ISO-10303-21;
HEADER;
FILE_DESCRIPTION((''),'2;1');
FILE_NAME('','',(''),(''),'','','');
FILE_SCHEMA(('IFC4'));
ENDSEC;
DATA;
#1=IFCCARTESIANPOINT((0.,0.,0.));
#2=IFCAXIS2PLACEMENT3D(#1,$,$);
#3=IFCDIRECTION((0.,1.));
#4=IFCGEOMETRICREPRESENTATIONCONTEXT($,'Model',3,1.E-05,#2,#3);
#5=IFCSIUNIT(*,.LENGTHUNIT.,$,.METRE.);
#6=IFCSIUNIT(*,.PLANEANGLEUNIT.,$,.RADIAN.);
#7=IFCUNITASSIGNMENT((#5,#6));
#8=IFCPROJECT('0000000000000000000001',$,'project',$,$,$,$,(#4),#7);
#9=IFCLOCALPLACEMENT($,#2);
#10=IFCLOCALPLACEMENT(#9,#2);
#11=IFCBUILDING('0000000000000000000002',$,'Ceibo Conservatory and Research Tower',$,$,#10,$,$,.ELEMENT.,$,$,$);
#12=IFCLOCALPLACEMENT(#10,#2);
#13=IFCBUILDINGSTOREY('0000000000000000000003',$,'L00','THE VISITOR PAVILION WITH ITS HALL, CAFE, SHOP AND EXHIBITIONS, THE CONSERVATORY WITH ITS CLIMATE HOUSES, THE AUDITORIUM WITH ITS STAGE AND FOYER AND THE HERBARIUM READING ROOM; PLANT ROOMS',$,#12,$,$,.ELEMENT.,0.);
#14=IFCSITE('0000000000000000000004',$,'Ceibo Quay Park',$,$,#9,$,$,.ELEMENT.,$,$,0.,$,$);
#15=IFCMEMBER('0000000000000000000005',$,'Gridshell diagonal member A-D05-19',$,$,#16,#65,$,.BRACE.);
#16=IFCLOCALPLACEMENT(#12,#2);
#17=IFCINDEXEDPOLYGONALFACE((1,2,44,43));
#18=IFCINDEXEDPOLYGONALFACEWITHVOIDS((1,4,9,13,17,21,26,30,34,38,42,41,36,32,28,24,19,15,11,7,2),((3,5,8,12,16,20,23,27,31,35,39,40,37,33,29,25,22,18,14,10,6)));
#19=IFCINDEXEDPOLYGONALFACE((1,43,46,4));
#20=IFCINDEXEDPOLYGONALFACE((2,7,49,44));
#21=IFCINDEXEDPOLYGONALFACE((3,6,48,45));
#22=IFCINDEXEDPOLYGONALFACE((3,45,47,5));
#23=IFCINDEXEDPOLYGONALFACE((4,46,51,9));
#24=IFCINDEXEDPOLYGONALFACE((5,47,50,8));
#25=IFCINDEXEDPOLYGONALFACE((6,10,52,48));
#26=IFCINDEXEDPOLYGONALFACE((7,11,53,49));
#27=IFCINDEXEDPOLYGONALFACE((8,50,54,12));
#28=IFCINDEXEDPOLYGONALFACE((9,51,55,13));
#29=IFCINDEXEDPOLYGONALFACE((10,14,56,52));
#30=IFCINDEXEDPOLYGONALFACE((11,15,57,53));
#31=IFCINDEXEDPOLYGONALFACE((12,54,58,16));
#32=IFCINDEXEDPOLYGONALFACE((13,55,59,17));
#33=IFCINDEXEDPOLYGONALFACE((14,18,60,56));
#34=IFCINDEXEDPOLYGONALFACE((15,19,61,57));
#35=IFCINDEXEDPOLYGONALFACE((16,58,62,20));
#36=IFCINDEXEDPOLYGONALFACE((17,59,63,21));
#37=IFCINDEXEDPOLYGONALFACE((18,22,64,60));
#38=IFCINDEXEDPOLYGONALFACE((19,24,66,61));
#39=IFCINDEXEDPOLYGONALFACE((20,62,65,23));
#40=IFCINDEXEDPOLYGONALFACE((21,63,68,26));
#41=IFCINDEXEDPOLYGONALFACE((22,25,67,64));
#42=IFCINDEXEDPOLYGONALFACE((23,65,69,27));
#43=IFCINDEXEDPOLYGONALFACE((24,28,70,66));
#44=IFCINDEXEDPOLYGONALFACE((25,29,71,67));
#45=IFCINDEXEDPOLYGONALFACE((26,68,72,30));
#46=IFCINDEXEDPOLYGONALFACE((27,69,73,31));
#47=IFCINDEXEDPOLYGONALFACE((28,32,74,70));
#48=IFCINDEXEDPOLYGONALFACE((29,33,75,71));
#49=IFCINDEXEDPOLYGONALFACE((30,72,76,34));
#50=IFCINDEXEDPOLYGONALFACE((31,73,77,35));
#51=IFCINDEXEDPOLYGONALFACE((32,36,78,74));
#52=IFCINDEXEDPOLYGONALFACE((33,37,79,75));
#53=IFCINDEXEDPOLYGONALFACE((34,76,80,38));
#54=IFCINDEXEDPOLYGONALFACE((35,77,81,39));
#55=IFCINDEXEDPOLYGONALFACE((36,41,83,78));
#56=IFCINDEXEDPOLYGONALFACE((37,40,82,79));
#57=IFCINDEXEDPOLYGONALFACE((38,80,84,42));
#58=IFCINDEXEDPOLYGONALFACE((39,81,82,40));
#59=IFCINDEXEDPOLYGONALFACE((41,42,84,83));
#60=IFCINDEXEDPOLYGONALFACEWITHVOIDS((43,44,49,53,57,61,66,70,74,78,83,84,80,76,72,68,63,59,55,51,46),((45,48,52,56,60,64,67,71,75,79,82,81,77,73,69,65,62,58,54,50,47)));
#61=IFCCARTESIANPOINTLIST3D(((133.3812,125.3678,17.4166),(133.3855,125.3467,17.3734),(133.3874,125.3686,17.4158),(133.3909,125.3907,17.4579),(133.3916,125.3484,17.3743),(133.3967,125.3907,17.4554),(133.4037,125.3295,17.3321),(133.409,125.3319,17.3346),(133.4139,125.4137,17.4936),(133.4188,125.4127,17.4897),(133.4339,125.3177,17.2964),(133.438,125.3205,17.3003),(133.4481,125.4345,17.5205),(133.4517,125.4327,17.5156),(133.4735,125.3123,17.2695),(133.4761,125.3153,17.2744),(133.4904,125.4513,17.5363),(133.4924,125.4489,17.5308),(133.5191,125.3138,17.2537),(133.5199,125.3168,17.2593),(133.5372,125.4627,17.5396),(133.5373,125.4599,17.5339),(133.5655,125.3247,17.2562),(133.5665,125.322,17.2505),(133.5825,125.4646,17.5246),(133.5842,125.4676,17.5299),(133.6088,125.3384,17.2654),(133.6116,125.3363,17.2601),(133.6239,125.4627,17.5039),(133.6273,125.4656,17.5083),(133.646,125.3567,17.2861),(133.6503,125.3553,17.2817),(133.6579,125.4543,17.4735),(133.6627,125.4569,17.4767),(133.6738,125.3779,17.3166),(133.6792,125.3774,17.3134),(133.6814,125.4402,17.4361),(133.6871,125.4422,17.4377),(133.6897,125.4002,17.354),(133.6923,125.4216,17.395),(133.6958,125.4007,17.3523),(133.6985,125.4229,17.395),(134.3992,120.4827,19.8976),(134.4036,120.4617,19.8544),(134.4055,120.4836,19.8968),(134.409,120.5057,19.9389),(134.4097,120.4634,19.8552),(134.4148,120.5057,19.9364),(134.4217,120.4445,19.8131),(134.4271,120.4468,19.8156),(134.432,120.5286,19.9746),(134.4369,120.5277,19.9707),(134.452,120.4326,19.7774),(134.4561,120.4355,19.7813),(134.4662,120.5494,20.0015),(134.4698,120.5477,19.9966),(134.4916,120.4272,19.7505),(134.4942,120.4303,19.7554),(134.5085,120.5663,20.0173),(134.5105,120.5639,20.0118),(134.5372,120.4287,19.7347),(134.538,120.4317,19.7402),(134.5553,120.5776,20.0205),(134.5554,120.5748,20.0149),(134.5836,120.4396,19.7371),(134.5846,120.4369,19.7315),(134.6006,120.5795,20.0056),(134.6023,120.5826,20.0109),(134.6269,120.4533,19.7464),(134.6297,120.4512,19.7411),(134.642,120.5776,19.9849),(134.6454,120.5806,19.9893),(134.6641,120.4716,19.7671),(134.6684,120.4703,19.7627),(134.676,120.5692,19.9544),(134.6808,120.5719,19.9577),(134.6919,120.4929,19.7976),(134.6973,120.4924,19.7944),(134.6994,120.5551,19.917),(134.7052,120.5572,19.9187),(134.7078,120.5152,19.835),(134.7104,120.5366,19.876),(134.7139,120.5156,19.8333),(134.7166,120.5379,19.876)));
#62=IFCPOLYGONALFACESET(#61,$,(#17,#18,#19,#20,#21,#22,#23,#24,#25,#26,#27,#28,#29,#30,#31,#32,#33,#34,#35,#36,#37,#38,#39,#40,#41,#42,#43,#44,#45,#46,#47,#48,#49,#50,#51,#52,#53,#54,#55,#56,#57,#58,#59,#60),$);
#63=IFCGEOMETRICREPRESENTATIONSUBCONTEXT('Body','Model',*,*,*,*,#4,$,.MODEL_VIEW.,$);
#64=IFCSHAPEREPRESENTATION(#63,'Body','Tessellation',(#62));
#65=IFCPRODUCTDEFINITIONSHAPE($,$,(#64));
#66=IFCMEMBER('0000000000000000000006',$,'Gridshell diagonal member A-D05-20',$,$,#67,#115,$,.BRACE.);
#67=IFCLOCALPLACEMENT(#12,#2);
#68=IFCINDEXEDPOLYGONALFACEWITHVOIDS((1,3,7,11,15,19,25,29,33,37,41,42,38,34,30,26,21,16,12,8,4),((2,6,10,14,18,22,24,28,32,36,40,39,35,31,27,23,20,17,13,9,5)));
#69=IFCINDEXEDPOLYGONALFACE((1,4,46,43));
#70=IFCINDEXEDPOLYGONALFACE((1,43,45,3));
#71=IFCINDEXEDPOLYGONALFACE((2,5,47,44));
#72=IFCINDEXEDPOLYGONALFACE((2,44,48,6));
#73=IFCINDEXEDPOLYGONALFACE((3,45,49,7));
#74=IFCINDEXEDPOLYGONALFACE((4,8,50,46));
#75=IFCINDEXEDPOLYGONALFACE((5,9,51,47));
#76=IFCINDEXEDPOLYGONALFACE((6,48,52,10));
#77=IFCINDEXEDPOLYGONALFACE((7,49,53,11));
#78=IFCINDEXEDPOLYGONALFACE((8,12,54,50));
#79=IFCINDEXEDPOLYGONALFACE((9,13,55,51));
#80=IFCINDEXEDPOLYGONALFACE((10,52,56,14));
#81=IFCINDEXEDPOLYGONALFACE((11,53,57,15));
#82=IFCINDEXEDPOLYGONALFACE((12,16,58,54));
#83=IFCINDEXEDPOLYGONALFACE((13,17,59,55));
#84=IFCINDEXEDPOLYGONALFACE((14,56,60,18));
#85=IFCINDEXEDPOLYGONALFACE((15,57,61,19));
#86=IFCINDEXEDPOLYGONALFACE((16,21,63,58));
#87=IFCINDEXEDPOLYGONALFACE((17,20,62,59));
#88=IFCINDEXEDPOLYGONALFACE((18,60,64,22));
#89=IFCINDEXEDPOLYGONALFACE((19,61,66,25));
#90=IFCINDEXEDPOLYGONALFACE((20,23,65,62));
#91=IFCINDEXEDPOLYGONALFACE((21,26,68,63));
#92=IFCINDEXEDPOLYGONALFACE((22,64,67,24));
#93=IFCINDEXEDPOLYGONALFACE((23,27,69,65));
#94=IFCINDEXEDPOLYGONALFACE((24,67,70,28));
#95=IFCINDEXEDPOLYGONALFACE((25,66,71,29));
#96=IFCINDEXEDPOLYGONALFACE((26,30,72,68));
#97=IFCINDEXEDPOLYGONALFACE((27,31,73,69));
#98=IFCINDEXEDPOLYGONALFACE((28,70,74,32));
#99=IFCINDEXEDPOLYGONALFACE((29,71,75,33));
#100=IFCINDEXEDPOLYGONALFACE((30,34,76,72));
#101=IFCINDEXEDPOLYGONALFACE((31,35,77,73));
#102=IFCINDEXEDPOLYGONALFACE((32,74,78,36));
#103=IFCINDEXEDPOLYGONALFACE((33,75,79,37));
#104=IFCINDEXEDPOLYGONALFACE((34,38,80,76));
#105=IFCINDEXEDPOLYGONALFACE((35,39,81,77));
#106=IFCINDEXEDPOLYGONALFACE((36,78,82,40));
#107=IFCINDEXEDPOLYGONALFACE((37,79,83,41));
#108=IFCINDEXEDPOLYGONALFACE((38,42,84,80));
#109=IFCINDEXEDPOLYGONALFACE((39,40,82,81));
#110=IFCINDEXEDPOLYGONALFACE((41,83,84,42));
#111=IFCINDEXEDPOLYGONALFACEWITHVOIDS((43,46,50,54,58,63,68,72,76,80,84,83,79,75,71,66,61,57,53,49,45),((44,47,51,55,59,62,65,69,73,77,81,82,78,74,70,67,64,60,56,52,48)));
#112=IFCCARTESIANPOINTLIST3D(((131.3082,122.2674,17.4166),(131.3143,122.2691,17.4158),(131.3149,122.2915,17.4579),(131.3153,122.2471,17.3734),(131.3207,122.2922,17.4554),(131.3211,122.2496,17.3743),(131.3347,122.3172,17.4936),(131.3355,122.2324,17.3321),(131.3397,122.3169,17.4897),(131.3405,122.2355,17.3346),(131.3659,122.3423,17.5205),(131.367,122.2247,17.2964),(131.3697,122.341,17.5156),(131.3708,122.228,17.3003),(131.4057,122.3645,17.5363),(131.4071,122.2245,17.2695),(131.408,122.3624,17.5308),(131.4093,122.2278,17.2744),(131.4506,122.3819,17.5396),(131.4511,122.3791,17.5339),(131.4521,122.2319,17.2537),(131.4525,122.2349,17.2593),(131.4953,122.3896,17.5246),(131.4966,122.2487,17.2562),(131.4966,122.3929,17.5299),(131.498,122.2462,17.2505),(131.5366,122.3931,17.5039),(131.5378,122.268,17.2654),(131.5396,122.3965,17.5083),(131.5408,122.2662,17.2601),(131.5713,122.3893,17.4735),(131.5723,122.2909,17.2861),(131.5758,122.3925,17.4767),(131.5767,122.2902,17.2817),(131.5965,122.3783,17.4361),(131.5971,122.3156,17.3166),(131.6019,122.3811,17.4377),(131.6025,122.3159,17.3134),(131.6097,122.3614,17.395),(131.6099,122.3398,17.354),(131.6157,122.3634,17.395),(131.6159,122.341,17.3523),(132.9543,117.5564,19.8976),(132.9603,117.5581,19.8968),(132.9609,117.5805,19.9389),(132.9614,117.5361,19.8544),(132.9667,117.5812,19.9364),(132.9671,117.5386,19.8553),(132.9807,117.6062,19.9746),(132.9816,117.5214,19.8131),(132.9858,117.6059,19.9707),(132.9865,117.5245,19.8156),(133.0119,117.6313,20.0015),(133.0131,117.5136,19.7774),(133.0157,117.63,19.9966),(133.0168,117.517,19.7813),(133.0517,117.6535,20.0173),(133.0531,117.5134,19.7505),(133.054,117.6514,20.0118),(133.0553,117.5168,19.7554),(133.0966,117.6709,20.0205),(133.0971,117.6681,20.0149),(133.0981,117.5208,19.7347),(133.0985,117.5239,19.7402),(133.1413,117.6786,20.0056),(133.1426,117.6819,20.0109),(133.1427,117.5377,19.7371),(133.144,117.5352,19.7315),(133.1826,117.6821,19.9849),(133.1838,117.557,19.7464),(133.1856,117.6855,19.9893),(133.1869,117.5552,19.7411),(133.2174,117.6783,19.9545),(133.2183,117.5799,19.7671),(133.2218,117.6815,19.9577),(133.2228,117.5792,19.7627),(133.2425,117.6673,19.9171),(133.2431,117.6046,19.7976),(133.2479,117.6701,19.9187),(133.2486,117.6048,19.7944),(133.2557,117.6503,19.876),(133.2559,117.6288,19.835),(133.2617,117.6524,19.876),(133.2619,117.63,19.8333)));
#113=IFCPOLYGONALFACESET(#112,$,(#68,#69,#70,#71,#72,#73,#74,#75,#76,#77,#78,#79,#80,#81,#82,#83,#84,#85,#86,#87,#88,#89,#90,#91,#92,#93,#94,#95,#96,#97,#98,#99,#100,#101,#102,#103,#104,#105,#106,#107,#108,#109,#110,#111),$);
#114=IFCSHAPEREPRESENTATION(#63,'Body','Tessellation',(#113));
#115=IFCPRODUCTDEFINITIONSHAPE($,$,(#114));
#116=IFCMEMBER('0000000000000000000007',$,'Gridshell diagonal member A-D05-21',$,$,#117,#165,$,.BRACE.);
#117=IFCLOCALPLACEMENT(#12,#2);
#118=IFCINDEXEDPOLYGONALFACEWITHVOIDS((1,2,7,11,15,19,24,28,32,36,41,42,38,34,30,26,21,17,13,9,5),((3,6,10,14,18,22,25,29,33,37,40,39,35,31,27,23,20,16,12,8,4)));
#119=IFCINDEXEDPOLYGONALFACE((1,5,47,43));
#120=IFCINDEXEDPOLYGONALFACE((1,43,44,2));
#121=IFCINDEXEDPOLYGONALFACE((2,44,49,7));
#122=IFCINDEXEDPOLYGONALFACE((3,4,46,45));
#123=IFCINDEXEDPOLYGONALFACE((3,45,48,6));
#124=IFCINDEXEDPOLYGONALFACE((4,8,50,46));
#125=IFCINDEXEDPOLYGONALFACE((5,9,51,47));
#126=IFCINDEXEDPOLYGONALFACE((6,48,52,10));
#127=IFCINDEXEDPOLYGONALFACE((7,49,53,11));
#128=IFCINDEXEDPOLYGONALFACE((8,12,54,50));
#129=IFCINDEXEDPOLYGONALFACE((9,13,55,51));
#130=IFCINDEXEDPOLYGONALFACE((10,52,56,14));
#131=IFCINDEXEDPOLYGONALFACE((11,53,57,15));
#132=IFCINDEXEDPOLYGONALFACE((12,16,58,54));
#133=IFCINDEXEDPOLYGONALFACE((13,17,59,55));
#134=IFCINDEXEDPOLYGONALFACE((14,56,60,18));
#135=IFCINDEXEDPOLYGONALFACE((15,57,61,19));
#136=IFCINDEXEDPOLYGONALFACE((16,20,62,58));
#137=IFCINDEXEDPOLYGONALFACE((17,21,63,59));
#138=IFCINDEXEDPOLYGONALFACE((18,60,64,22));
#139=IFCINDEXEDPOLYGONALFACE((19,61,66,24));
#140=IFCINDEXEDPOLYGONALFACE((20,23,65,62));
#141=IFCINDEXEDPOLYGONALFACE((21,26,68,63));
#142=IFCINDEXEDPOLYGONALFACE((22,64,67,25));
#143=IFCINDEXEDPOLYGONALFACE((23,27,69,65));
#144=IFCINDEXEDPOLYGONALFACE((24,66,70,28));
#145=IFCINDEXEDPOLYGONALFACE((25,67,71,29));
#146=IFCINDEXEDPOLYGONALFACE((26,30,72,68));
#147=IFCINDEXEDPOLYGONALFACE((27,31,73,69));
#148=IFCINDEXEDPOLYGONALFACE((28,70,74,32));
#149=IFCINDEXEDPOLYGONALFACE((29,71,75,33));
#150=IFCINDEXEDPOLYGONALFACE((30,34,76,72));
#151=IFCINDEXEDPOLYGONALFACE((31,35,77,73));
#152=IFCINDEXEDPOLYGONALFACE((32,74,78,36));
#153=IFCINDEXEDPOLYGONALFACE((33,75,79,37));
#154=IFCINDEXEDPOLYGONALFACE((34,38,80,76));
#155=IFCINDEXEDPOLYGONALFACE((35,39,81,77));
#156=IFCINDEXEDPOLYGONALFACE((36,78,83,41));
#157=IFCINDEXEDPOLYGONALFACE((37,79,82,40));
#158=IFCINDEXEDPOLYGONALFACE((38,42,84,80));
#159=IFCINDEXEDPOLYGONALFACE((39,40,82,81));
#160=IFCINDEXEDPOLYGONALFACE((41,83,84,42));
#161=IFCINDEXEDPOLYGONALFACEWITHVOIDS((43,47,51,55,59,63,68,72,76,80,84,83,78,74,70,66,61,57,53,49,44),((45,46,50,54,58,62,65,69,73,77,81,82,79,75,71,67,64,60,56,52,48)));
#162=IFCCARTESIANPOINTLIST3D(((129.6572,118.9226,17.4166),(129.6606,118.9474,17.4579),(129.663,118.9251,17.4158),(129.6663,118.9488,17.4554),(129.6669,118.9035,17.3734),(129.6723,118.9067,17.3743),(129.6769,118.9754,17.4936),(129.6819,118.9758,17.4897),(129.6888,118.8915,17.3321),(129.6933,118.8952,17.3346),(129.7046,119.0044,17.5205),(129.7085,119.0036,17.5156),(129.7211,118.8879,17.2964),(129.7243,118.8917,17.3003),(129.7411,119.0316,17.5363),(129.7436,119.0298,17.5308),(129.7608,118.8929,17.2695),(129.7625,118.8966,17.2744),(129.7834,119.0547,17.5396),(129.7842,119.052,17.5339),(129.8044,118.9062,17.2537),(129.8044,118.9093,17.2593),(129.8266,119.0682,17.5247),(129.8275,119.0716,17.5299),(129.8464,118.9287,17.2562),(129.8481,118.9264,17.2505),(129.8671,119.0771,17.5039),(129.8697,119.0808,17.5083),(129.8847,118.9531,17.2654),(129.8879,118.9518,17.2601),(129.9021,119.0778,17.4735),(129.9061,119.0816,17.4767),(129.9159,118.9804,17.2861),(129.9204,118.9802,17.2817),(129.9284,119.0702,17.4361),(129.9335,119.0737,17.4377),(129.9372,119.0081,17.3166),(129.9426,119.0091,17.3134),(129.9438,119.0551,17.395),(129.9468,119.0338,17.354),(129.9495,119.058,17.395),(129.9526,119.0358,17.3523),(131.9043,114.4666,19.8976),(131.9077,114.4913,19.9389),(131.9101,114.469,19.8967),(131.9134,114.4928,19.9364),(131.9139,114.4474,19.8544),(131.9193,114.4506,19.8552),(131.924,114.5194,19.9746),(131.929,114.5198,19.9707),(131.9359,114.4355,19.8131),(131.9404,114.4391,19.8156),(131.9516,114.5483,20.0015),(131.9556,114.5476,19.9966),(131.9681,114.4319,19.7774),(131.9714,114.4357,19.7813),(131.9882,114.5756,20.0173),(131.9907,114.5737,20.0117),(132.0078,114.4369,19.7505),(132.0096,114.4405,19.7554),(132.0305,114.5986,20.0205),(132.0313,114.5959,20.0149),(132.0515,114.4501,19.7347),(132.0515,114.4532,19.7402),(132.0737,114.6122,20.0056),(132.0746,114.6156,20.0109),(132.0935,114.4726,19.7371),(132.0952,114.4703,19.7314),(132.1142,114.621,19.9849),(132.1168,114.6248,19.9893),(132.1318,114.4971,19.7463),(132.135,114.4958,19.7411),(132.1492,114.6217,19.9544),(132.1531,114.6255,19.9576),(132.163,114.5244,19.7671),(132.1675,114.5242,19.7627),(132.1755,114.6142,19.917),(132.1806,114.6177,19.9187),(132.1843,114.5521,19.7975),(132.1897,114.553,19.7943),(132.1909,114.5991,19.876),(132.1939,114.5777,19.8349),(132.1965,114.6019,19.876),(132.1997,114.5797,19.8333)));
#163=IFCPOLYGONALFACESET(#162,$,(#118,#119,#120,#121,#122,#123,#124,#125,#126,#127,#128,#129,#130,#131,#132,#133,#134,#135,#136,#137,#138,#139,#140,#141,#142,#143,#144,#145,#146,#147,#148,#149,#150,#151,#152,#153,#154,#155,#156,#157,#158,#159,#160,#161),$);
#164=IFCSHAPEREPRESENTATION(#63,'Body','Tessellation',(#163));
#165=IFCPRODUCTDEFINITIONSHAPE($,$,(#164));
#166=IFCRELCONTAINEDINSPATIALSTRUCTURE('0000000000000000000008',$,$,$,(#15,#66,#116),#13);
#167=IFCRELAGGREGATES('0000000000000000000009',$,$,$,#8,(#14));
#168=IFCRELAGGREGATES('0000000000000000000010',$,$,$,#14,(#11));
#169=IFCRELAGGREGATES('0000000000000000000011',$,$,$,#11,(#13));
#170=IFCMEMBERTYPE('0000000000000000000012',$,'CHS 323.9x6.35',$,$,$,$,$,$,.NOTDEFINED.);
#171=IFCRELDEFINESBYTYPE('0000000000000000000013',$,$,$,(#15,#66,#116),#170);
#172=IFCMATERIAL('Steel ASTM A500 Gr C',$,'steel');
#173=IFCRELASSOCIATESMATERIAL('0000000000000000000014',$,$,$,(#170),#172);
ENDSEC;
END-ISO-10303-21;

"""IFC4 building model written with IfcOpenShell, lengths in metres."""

from ifc_helpers import new_model, si_unit, direction, frame, origin, origin_2d, place, context, subcontext, project, spatial, hollow_circle, extrude, material, material_profile, profile_set, type_object, element, save


model = new_model("IFC4")

# Units and contexts
model_context = context("Model", 3, precision=1e-05, world=origin(), true_north=direction((0.0, 1.0)))
body_context = subcontext(model_context, "Body", "Model", "MODEL_VIEW")
ifc_project = project(units=[si_unit("LENGTHUNIT", "METRE"), si_unit("PLANEANGLEUNIT", "RADIAN")], contexts=[model_context])

# Site, building, storey
site_placement = place(None, origin())
site = spatial("IfcSite", under=ifc_project, at=site_placement, Name="Ceibo Quay Park", CompositionType="ELEMENT", RefElevation=0.0)
building_placement = place(site_placement, origin())
building = spatial("IfcBuilding", under=site, at=building_placement, Name="Ceibo Conservatory and Research Tower", CompositionType="ELEMENT")
storey_placement = place(building_placement, origin())
storey = spatial("IfcBuildingStorey", under=building, at=storey_placement, Name="L00", Description="THE VISITOR PAVILION WITH ITS HALL, CAFE, SHOP AND EXHIBITIONS, THE CONSERVATORY WITH ITS CLIMATE HOUSES, THE AUDITORIUM WITH ITS STAGE AND FOYER AND THE HERBARIUM READING ROOM; PLANT ROOMS", CompositionType="ELEMENT", Elevation=0.0)

# Members
ifc_material_1 = material(Name="Steel ASTM A500 Gr C", Category="steel")
ifc_material_profile_1 = material_profile(ifc_material_1, hollow_circle(Radius=0.1619, WallThickness=0.0063, at=origin_2d()), Name="CHS 323.9x6.35")
ifc_profile_set_1 = profile_set([ifc_material_profile_1], Name="Steel ASTM A500 Gr C")
member_type_1 = type_object("IfcMemberType", Name="CHS 323.9x6.35", PredefinedType="NOTDEFINED", material=ifc_profile_set_1)
member_1_placement = place(storey_placement, frame((133.54, 125.3899, 17.395), z_axis=(0.182688, -0.876597, 0.445199), x_axis=(0.978966, 0.204023, 0.0)))
element("IfcMember", 1, at=member_1_placement, inside=storey, type_object=member_type_1, Name="Gridshell diagonal member A-D05-19", PredefinedType="BRACE", context=body_context, shape_type="SweptSolid", body=[
    extrude(hollow_circle(Radius=0.1619, WallThickness=0.0063, at=origin_2d()), origin(), (0.0, 0.0, 1.0), 5.5728),
])
member_2_placement = place(storey_placement, frame((131.4629, 122.3101, 17.395), z_axis=(0.295356, -0.845327, 0.445181), x_axis=(0.944035, 0.329845, 0.0)))
element("IfcMember", 2, at=member_2_placement, inside=storey, type_object=member_type_1, Name="Gridshell diagonal member A-D05-20", PredefinedType="BRACE", context=body_context, shape_type="SweptSolid", body=[
    extrude(hollow_circle(Radius=0.1619, WallThickness=0.0063, at=origin_2d()), origin(), (0.0, 0.0, 1.0), 5.573),
])
member_3_placement = place(storey_placement, frame((129.8049, 118.9851, 17.395), z_axis=(0.40319, -0.799546, 0.445156), x_axis=(0.892896, 0.450264, 0.0)))
element("IfcMember", 3, at=member_3_placement, inside=storey, type_object=member_type_1, Name="Gridshell diagonal member A-D05-21", PredefinedType="BRACE", context=body_context, shape_type="SweptSolid", body=[
    extrude(hollow_circle(Radius=0.1619, WallThickness=0.0063, at=origin_2d()), origin(), (0.0, 0.0, 1.0), 5.5732),
])

save(model, "model.ifc")
